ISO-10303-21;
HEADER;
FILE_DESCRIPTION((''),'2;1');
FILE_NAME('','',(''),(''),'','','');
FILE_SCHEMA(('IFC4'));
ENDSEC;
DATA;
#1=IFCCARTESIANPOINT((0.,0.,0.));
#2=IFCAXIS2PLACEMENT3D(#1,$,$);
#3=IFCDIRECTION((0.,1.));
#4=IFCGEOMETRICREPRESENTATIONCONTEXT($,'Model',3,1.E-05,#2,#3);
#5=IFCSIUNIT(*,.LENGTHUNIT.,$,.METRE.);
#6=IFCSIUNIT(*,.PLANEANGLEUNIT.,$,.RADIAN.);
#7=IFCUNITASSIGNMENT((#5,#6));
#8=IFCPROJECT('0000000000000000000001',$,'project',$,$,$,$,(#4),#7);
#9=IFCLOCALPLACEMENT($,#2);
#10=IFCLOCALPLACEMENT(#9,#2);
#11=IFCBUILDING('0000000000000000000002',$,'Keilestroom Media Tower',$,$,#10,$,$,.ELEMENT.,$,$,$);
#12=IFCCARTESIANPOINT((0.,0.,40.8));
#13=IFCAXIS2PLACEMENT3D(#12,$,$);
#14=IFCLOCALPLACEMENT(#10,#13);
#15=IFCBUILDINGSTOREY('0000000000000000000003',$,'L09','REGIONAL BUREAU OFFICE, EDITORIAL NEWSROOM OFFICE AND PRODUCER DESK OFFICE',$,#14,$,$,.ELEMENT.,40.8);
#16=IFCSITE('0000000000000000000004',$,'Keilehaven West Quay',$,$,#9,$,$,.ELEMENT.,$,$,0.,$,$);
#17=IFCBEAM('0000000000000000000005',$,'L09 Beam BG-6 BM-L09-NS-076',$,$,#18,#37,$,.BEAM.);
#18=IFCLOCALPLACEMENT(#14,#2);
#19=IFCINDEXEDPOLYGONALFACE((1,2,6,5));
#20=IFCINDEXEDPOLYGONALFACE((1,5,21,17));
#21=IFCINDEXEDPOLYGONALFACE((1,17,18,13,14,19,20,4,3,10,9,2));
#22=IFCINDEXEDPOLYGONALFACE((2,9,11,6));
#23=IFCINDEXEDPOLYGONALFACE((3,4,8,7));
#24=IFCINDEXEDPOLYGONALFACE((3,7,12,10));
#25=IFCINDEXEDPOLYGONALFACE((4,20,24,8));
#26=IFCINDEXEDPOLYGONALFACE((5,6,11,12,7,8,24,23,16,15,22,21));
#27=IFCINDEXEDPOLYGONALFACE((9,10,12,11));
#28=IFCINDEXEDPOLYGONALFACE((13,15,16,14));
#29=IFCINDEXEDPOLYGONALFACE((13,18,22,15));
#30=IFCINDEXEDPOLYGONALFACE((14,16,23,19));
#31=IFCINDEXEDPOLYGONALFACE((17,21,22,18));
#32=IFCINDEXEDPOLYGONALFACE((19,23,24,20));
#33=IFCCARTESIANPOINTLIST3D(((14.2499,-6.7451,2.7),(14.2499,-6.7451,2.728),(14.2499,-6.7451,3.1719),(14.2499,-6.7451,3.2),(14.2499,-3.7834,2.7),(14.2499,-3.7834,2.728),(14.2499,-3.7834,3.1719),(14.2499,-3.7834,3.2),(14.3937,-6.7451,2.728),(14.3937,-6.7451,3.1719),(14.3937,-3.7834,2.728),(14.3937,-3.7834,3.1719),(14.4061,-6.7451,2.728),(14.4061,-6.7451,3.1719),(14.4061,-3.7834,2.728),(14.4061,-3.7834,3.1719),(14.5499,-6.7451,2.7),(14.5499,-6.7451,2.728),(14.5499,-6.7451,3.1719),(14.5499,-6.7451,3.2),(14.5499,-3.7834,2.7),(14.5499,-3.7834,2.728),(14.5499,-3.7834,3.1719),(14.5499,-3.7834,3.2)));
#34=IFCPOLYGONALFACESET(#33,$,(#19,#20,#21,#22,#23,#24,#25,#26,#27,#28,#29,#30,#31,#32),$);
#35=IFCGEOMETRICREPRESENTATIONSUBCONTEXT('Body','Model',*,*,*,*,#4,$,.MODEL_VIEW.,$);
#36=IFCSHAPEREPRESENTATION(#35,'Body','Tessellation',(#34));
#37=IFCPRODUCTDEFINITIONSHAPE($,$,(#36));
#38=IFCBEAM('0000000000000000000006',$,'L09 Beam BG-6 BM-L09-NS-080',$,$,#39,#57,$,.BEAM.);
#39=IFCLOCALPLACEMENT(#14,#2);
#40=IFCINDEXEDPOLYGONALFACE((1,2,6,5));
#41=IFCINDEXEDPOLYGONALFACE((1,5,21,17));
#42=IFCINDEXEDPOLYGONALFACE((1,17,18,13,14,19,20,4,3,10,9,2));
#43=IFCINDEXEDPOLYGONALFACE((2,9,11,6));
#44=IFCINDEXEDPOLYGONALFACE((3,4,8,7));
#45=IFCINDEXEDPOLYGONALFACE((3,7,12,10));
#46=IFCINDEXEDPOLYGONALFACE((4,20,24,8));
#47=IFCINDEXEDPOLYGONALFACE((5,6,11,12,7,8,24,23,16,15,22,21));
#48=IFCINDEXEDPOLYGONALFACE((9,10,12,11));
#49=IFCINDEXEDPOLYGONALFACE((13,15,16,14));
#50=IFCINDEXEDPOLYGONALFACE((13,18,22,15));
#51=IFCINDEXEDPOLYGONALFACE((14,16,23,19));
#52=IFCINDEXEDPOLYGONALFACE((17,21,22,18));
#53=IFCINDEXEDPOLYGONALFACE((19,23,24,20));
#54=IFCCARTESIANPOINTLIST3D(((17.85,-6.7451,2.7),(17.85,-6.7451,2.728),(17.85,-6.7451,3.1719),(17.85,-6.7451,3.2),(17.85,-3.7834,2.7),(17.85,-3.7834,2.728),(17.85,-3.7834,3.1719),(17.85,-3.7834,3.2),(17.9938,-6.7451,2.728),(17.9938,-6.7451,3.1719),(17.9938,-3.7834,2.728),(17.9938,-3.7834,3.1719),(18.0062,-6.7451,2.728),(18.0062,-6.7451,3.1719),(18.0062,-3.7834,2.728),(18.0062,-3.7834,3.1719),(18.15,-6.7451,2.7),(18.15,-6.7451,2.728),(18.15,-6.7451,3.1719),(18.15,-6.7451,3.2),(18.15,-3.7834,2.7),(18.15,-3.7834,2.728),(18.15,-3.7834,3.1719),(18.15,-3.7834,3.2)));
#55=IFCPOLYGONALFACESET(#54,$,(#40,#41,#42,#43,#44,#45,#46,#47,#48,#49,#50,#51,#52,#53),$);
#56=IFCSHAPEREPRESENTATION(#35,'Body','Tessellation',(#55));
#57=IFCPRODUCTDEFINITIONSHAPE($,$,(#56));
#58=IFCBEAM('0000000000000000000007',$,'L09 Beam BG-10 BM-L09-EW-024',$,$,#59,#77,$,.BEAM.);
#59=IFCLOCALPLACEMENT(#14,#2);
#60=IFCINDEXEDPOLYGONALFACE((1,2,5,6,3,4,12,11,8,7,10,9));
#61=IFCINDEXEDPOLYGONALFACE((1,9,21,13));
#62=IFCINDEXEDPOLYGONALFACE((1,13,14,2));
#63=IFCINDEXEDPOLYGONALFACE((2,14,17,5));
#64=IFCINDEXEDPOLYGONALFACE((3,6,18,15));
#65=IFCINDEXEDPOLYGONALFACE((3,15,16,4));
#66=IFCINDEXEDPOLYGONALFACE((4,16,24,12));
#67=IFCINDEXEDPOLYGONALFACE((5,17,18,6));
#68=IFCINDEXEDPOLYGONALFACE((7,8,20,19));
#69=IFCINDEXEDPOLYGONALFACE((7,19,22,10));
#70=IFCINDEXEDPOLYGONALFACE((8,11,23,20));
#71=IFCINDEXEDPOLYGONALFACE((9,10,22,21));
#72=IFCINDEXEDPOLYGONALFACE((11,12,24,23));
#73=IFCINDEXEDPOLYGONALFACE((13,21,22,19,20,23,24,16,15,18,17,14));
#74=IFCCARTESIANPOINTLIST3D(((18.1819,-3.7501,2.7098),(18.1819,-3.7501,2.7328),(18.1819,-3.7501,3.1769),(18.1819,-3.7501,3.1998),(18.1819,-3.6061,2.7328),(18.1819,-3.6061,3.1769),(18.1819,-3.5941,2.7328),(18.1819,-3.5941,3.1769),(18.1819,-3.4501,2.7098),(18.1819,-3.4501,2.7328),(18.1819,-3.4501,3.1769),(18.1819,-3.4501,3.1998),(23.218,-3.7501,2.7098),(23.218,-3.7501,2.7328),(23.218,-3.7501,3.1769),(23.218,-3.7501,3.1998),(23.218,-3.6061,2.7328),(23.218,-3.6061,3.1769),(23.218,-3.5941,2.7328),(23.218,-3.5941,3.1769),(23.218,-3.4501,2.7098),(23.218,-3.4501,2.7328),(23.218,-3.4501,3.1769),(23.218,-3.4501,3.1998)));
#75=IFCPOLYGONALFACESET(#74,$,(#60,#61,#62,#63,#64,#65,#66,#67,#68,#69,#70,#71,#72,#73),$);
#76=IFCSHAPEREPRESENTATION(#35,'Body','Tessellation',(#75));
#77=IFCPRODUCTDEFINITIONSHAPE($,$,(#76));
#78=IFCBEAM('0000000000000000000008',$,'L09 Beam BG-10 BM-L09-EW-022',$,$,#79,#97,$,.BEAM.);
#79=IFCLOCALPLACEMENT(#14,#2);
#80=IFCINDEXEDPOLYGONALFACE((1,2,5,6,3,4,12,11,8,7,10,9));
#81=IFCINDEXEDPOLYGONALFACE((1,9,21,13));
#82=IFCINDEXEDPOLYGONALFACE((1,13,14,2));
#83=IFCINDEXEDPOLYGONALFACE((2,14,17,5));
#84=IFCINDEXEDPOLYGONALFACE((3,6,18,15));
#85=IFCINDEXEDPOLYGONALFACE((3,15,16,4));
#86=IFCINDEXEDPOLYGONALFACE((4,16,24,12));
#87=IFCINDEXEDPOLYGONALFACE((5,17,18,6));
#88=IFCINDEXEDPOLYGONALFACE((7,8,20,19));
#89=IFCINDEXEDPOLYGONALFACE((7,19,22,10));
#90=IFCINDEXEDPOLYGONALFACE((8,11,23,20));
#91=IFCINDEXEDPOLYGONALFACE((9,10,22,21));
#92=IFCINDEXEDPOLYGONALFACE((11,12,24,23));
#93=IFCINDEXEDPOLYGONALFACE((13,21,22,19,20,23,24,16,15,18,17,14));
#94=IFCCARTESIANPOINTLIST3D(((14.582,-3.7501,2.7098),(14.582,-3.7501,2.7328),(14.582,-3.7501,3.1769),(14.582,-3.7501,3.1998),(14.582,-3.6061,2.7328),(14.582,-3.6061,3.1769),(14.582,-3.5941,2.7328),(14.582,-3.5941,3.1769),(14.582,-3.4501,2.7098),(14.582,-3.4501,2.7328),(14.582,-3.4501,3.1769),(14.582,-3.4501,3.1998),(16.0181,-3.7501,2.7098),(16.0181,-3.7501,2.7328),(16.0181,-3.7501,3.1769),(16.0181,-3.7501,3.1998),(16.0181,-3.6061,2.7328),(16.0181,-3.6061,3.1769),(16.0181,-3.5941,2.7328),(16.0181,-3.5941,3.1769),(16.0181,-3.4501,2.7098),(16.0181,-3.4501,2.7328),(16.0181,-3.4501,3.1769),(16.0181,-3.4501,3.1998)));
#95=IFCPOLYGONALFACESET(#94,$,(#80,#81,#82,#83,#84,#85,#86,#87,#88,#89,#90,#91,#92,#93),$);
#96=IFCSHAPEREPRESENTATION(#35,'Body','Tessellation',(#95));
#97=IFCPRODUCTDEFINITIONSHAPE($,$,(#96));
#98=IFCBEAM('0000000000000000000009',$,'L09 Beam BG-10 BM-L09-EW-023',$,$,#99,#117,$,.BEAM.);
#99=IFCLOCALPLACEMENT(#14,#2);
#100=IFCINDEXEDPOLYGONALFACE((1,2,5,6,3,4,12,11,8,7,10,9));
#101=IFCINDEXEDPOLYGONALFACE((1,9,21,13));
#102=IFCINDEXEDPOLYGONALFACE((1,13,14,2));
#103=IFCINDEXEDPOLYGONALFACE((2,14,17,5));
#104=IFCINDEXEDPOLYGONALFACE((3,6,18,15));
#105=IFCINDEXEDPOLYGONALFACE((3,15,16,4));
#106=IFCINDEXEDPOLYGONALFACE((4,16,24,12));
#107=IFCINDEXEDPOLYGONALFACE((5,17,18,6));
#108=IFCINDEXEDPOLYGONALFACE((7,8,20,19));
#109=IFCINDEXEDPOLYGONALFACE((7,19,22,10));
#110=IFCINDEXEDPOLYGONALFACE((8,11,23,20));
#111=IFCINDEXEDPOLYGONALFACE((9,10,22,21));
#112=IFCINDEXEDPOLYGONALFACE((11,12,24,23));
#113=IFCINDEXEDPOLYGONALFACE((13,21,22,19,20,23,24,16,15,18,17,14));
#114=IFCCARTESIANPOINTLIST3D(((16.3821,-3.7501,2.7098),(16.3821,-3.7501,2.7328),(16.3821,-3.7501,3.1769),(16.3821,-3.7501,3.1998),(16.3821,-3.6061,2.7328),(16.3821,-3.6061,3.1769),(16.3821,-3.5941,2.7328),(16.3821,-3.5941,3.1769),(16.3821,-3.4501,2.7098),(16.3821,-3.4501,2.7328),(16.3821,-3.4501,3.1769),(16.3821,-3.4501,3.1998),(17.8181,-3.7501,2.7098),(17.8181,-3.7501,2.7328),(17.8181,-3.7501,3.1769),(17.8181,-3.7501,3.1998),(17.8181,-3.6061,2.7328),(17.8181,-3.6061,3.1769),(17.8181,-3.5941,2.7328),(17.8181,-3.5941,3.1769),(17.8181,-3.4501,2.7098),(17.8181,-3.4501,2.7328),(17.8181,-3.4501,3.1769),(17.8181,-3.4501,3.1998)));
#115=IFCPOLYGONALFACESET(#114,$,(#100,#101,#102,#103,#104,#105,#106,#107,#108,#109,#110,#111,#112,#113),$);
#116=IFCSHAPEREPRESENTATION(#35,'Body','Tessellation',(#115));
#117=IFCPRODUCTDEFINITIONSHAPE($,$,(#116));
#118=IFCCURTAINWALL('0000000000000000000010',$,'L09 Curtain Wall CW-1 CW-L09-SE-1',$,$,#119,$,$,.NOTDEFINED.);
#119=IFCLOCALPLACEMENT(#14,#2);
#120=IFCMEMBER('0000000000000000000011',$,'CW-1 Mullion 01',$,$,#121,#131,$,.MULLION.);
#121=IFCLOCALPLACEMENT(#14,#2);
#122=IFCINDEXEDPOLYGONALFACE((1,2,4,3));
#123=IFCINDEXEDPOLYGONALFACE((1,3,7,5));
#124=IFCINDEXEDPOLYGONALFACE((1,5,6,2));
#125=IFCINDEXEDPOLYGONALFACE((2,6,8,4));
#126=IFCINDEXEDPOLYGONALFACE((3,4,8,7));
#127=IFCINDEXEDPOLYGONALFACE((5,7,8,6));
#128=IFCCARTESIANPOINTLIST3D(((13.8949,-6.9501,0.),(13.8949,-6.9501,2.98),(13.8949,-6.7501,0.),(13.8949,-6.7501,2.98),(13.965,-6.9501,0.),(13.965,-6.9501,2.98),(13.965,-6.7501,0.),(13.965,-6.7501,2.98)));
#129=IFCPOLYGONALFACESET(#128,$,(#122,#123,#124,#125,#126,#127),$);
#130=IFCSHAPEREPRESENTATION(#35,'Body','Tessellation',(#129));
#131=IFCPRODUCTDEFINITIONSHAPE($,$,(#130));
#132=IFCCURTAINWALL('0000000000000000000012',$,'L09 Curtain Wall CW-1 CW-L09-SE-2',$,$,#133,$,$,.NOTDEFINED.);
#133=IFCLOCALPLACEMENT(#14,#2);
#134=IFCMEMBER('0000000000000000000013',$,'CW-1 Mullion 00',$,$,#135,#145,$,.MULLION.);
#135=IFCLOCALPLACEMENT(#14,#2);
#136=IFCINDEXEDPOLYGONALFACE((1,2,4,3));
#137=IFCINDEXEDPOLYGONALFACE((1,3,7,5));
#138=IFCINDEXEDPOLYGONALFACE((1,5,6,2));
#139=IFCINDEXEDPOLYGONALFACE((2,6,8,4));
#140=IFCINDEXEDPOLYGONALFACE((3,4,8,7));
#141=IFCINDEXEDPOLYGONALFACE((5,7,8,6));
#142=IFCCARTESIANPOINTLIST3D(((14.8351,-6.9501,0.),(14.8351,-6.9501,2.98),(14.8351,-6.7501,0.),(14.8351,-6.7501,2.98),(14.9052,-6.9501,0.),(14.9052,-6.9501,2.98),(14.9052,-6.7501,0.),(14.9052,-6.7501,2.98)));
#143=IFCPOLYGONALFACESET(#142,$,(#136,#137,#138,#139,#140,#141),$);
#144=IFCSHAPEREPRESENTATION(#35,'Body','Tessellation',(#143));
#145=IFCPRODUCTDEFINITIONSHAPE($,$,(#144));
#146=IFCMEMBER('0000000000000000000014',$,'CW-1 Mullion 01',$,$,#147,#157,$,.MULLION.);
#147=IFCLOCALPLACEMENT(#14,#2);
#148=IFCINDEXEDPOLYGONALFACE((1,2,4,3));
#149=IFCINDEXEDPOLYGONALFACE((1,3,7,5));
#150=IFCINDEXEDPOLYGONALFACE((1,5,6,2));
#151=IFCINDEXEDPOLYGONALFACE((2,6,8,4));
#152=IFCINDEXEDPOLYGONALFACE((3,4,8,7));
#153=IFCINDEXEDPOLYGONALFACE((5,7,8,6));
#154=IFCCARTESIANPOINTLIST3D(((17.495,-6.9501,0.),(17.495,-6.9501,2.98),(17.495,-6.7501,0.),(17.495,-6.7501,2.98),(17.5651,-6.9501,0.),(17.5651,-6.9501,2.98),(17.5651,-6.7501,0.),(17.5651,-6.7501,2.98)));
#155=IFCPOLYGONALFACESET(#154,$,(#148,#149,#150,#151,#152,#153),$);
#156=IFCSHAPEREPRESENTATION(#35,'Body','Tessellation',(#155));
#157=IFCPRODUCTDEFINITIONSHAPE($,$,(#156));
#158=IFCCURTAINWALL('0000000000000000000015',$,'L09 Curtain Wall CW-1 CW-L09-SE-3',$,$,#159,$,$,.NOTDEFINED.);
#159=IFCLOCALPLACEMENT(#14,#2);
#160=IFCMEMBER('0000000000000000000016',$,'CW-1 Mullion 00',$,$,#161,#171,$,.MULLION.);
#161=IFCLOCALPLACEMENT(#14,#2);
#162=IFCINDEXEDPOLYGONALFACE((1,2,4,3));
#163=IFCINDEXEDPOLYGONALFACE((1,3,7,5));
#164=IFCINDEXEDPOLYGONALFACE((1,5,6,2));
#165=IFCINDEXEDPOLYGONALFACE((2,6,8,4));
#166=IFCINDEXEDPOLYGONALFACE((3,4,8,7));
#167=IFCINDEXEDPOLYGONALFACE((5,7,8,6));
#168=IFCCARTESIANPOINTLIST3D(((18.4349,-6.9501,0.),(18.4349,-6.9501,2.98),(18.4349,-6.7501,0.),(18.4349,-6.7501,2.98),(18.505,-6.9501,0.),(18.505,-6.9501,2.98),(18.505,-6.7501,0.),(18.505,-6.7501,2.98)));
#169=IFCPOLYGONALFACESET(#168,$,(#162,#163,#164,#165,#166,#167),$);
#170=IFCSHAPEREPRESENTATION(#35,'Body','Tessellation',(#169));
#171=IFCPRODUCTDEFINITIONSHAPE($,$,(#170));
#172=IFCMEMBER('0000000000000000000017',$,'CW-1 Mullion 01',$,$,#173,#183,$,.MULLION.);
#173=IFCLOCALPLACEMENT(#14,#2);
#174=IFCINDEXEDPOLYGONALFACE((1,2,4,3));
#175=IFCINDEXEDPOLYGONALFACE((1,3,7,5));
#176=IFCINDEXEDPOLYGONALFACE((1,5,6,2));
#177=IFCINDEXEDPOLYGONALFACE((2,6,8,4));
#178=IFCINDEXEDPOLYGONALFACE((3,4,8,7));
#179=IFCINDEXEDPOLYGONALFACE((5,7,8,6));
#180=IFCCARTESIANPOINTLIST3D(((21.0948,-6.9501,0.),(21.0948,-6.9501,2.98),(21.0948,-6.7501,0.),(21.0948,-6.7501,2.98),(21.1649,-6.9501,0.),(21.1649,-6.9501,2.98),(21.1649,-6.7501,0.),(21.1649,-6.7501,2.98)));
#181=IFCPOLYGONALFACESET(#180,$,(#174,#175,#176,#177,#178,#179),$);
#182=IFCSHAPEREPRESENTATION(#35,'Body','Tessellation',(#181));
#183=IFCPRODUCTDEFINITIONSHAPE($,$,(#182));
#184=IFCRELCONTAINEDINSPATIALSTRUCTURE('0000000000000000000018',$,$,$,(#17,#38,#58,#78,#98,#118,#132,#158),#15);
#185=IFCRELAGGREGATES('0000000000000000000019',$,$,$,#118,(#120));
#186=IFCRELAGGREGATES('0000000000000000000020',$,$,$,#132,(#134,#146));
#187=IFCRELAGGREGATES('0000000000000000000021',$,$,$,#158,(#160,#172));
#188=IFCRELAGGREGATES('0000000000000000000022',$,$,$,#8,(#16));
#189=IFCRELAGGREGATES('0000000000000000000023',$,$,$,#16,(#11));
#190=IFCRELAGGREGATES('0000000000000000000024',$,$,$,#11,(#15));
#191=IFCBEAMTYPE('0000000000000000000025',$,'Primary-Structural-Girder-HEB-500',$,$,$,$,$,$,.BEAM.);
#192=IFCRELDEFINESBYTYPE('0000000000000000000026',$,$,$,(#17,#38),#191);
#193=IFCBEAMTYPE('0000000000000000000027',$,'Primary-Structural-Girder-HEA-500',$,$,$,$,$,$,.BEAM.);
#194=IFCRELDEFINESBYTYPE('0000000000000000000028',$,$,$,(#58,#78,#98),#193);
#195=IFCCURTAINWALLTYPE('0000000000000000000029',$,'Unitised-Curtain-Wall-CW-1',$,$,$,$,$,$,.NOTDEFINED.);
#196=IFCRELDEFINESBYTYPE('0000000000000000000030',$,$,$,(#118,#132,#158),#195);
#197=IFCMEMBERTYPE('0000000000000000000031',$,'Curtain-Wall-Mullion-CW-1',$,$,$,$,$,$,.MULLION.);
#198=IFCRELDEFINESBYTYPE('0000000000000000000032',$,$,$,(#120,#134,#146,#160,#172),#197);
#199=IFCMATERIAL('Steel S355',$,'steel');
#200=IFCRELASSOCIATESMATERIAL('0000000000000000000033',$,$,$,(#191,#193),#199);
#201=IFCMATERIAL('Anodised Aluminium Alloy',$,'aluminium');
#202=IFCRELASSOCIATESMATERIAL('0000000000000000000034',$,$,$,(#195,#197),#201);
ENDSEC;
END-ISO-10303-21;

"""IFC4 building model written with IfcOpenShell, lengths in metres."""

from ifc_helpers import new_model, si_unit, direction, frame, origin, origin_2d, place, context, subcontext, project, spatial, rectangle, i_section, extrude, source, transform, mapped, material, material_profile, profile_set, type_object, element, aggregate, save


model = new_model("IFC4")

# Units and contexts
model_context = context("Model", 3, precision=1e-05, world=origin(), true_north=direction((0.0, 1.0)))
body_context = subcontext(model_context, "Body", "Model", "MODEL_VIEW")
ifc_project = project(units=[si_unit("LENGTHUNIT", "METRE"), si_unit("PLANEANGLEUNIT", "RADIAN")], contexts=[model_context])

# Site, building, storey
site_placement = place(None, origin())
site = spatial("IfcSite", under=ifc_project, at=site_placement, Name="Keilehaven West Quay", CompositionType="ELEMENT", RefElevation=0.0)
building_placement = place(site_placement, origin())
building = spatial("IfcBuilding", under=site, at=building_placement, Name="Keilestroom Media Tower", CompositionType="ELEMENT")
storey_placement = place(building_placement, frame((0.0, 0.0, 40.8)))
storey = spatial("IfcBuildingStorey", under=building, at=storey_placement, Name="L09", Description="REGIONAL BUREAU OFFICE, EDITORIAL NEWSROOM OFFICE AND PRODUCER DESK OFFICE", CompositionType="ELEMENT", Elevation=40.8)

# Beams
ifc_material_1 = material(Name="Steel S355", Category="steel")
ifc_material_profile_1 = material_profile(ifc_material_1, i_section(OverallWidth=0.3, OverallDepth=0.5, WebThickness=0.0125, FlangeThickness=0.0281, at=origin_2d()), Name="HEB 500")
ifc_profile_set_1 = profile_set([ifc_material_profile_1], Name="Steel S355")
beam_type_1 = type_object("IfcBeamType", Name="Primary-Structural-Girder-HEB-500", PredefinedType="BEAM", material=ifc_profile_set_1)
shared_shape_1 = source(origin(), body_context, "Body", "SweptSolid", [
    extrude(i_section(OverallWidth=0.3, OverallDepth=0.5, WebThickness=0.0125, FlangeThickness=0.0281, at=origin_2d()), origin(), (0.0, 0.0, 1.0), 2.9617),
])
for number, where, z_axis, x_axis, name in (
    (1, (14.3999, -6.7451, 2.95), (0.0, 1.0, 0.0), (-1.0, 0.0, 0.0), "L09 Beam BG-6 BM-L09-NS-076"),
    (2, (18.0, -6.7451, 2.95), (0.0, 1.0, 0.0), (-1.0, 0.0, 0.0), "L09 Beam BG-6 BM-L09-NS-080"),
):
    element("IfcBeam", number, at=place(storey_placement, frame(where, z_axis=z_axis, x_axis=x_axis)), inside=storey, type_object=beam_type_1, Name=name, PredefinedType="BEAM", context=body_context, shape_type="MappedRepresentation", body=[
        mapped(shared_shape_1, transform((0.0, 0.0, 0.0), x_axis=(1.0, 0.0, 0.0), y_axis=(0.0, 1.0, 0.0), z_axis=(0.0, 0.0, 1.0), scale=1.0)),
    ])
ifc_material_profile_2 = material_profile(ifc_material_1, i_section(OverallWidth=0.3, OverallDepth=0.49, WebThickness=0.012, FlangeThickness=0.0229, at=origin_2d()), Name="HEA 500")
ifc_profile_set_2 = profile_set([ifc_material_profile_2], Name="Steel S355")
beam_type_2 = type_object("IfcBeamType", Name="Primary-Structural-Girder-HEA-500", PredefinedType="BEAM", material=ifc_profile_set_2)
shared_shape_2 = source(origin(), body_context, "Body", "SweptSolid", [
    extrude(i_section(OverallWidth=0.3, OverallDepth=0.49, WebThickness=0.012, FlangeThickness=0.0229, at=origin_2d()), origin(), (0.0, 0.0, 1.0), 5.0361),
])
beam_placement = place(storey_placement, frame((18.1819, -3.6001, 2.9548), z_axis=(1.0, 0.0, 0.0), x_axis=(0.0, 1.0, 0.0)))
element("IfcBeam", 3, at=beam_placement, inside=storey, type_object=beam_type_2, Name="L09 Beam BG-10 BM-L09-EW-024", PredefinedType="BEAM", context=body_context, shape_type="MappedRepresentation", body=[
    mapped(shared_shape_2, transform((0.0, 0.0, 0.0), x_axis=(1.0, 0.0, 0.0), y_axis=(0.0, 1.0, 0.0), z_axis=(0.0, 0.0, 1.0), scale=1.0)),
])
shared_shape_3 = source(origin(), body_context, "Body", "SweptSolid", [
    extrude(i_section(OverallWidth=0.3, OverallDepth=0.49, WebThickness=0.012, FlangeThickness=0.0229, at=origin_2d()), origin(), (0.0, 0.0, 1.0), 1.436),
])
for number, where, z_axis, x_axis, name in (
    (4, (14.582, -3.6001, 2.9548), (1.0, 0.0, 0.0), (0.0, 1.0, 0.0), "L09 Beam BG-10 BM-L09-EW-022"),
    (5, (16.3821, -3.6001, 2.9548), (1.0, 0.0, 0.0), (0.0, 1.0, 0.0), "L09 Beam BG-10 BM-L09-EW-023"),
):
    element("IfcBeam", number, at=place(storey_placement, frame(where, z_axis=z_axis, x_axis=x_axis)), inside=storey, type_object=beam_type_2, Name=name, PredefinedType="BEAM", context=body_context, shape_type="MappedRepresentation", body=[
        mapped(shared_shape_3, transform((0.0, 0.0, 0.0), x_axis=(1.0, 0.0, 0.0), y_axis=(0.0, 1.0, 0.0), z_axis=(0.0, 0.0, 1.0), scale=1.0)),
    ])

# Curtain wall, member
ifc_material_2 = material(Name="Anodised Aluminium Alloy", Category="aluminium")
curtain_wall_type = type_object("IfcCurtainWallType", Name="Unitised-Curtain-Wall-CW-1", PredefinedType="NOTDEFINED", material=ifc_material_2)
curtain_wall_1_placement = place(storey_placement, origin())
curtain_wall_1 = element("IfcCurtainWall", 6, at=curtain_wall_1_placement, inside=storey, type_object=curtain_wall_type, Name="L09 Curtain Wall CW-1 CW-L09-SE-1", PredefinedType="NOTDEFINED")
ifc_material_profile_3 = material_profile(ifc_material_2, rectangle(XDim=0.0701, YDim=0.2, at=origin_2d()), Name="ALU MULLION 70x200")
ifc_profile_set_3 = profile_set([ifc_material_profile_3], Name="Anodised Aluminium Alloy")
member_type_1 = type_object("IfcMemberType", Name="Curtain-Wall-Mullion-CW-1", PredefinedType="MULLION", material=ifc_profile_set_3)
shared_shape_4 = source(origin(), body_context, "Body", "SweptSolid", [
    extrude(rectangle(XDim=0.0701, YDim=0.2, at=origin_2d()), origin(), (0.0, 0.0, 1.0), 2.98),
])
member_1_placement = place(storey_placement, frame((13.9299, -6.8501, 0.0), z_axis=(0.0, 0.0, 1.0), x_axis=(1.0, 0.0, 0.0)))
member_1 = element("IfcMember", 7, at=member_1_placement, type_object=member_type_1, Name="CW-1 Mullion 01", PredefinedType="MULLION", context=body_context, shape_type="MappedRepresentation", body=[
    mapped(shared_shape_4, transform((0.0, 0.0, 0.0), x_axis=(1.0, 0.0, 0.0), y_axis=(0.0, 1.0, 0.0), z_axis=(0.0, 0.0, 1.0), scale=1.0)),
])
aggregate(curtain_wall_1, [member_1])

# Curtain walls, members
curtain_wall_2_placement = place(storey_placement, origin())
curtain_wall_2 = element("IfcCurtainWall", 8, at=curtain_wall_2_placement, inside=storey, type_object=curtain_wall_type, Name="L09 Curtain Wall CW-1 CW-L09-SE-2", PredefinedType="NOTDEFINED")
member_2_placement = place(storey_placement, frame((14.8701, -6.8501, 0.0), z_axis=(0.0, 0.0, 1.0), x_axis=(1.0, 0.0, 0.0)))
member_2 = element("IfcMember", 9, at=member_2_placement, type_object=member_type_1, Name="CW-1 Mullion 00", PredefinedType="MULLION", context=body_context, shape_type="MappedRepresentation", body=[
    mapped(shared_shape_4, transform((0.0, 0.0, 0.0), x_axis=(1.0, 0.0, 0.0), y_axis=(0.0, 1.0, 0.0), z_axis=(0.0, 0.0, 1.0), scale=1.0)),
])
member_3_placement = place(storey_placement, frame((17.53, -6.8501, 0.0), z_axis=(0.0, 0.0, 1.0), x_axis=(1.0, 0.0, 0.0)))
member_3 = element("IfcMember", 10, at=member_3_placement, type_object=member_type_1, Name="CW-1 Mullion 01", PredefinedType="MULLION", context=body_context, shape_type="MappedRepresentation", body=[
    mapped(shared_shape_4, transform((0.0, 0.0, 0.0), x_axis=(1.0, 0.0, 0.0), y_axis=(0.0, 1.0, 0.0), z_axis=(0.0, 0.0, 1.0), scale=1.0)),
])
curtain_wall_3_placement = place(storey_placement, origin())
curtain_wall_3 = element("IfcCurtainWall", 11, at=curtain_wall_3_placement, inside=storey, type_object=curtain_wall_type, Name="L09 Curtain Wall CW-1 CW-L09-SE-3", PredefinedType="NOTDEFINED")
member_4_placement = place(storey_placement, frame((18.47, -6.8501, 0.0), z_axis=(0.0, 0.0, 1.0), x_axis=(1.0, 0.0, 0.0)))
member_4 = element("IfcMember", 12, at=member_4_placement, type_object=member_type_1, Name="CW-1 Mullion 00", PredefinedType="MULLION", context=body_context, shape_type="MappedRepresentation", body=[
    mapped(shared_shape_4, transform((0.0, 0.0, 0.0), x_axis=(1.0, 0.0, 0.0), y_axis=(0.0, 1.0, 0.0), z_axis=(0.0, 0.0, 1.0), scale=1.0)),
])
member_5_placement = place(storey_placement, frame((21.1299, -6.8501, 0.0), z_axis=(0.0, 0.0, 1.0), x_axis=(1.0, 0.0, 0.0)))
member_5 = element("IfcMember", 13, at=member_5_placement, type_object=member_type_1, Name="CW-1 Mullion 01", PredefinedType="MULLION", context=body_context, shape_type="MappedRepresentation", body=[
    mapped(shared_shape_4, transform((0.0, 0.0, 0.0), x_axis=(1.0, 0.0, 0.0), y_axis=(0.0, 1.0, 0.0), z_axis=(0.0, 0.0, 1.0), scale=1.0)),
])

aggregate(curtain_wall_2, [member_2, member_3])
aggregate(curtain_wall_3, [member_4, member_5])

save(model, "model.ifc")
